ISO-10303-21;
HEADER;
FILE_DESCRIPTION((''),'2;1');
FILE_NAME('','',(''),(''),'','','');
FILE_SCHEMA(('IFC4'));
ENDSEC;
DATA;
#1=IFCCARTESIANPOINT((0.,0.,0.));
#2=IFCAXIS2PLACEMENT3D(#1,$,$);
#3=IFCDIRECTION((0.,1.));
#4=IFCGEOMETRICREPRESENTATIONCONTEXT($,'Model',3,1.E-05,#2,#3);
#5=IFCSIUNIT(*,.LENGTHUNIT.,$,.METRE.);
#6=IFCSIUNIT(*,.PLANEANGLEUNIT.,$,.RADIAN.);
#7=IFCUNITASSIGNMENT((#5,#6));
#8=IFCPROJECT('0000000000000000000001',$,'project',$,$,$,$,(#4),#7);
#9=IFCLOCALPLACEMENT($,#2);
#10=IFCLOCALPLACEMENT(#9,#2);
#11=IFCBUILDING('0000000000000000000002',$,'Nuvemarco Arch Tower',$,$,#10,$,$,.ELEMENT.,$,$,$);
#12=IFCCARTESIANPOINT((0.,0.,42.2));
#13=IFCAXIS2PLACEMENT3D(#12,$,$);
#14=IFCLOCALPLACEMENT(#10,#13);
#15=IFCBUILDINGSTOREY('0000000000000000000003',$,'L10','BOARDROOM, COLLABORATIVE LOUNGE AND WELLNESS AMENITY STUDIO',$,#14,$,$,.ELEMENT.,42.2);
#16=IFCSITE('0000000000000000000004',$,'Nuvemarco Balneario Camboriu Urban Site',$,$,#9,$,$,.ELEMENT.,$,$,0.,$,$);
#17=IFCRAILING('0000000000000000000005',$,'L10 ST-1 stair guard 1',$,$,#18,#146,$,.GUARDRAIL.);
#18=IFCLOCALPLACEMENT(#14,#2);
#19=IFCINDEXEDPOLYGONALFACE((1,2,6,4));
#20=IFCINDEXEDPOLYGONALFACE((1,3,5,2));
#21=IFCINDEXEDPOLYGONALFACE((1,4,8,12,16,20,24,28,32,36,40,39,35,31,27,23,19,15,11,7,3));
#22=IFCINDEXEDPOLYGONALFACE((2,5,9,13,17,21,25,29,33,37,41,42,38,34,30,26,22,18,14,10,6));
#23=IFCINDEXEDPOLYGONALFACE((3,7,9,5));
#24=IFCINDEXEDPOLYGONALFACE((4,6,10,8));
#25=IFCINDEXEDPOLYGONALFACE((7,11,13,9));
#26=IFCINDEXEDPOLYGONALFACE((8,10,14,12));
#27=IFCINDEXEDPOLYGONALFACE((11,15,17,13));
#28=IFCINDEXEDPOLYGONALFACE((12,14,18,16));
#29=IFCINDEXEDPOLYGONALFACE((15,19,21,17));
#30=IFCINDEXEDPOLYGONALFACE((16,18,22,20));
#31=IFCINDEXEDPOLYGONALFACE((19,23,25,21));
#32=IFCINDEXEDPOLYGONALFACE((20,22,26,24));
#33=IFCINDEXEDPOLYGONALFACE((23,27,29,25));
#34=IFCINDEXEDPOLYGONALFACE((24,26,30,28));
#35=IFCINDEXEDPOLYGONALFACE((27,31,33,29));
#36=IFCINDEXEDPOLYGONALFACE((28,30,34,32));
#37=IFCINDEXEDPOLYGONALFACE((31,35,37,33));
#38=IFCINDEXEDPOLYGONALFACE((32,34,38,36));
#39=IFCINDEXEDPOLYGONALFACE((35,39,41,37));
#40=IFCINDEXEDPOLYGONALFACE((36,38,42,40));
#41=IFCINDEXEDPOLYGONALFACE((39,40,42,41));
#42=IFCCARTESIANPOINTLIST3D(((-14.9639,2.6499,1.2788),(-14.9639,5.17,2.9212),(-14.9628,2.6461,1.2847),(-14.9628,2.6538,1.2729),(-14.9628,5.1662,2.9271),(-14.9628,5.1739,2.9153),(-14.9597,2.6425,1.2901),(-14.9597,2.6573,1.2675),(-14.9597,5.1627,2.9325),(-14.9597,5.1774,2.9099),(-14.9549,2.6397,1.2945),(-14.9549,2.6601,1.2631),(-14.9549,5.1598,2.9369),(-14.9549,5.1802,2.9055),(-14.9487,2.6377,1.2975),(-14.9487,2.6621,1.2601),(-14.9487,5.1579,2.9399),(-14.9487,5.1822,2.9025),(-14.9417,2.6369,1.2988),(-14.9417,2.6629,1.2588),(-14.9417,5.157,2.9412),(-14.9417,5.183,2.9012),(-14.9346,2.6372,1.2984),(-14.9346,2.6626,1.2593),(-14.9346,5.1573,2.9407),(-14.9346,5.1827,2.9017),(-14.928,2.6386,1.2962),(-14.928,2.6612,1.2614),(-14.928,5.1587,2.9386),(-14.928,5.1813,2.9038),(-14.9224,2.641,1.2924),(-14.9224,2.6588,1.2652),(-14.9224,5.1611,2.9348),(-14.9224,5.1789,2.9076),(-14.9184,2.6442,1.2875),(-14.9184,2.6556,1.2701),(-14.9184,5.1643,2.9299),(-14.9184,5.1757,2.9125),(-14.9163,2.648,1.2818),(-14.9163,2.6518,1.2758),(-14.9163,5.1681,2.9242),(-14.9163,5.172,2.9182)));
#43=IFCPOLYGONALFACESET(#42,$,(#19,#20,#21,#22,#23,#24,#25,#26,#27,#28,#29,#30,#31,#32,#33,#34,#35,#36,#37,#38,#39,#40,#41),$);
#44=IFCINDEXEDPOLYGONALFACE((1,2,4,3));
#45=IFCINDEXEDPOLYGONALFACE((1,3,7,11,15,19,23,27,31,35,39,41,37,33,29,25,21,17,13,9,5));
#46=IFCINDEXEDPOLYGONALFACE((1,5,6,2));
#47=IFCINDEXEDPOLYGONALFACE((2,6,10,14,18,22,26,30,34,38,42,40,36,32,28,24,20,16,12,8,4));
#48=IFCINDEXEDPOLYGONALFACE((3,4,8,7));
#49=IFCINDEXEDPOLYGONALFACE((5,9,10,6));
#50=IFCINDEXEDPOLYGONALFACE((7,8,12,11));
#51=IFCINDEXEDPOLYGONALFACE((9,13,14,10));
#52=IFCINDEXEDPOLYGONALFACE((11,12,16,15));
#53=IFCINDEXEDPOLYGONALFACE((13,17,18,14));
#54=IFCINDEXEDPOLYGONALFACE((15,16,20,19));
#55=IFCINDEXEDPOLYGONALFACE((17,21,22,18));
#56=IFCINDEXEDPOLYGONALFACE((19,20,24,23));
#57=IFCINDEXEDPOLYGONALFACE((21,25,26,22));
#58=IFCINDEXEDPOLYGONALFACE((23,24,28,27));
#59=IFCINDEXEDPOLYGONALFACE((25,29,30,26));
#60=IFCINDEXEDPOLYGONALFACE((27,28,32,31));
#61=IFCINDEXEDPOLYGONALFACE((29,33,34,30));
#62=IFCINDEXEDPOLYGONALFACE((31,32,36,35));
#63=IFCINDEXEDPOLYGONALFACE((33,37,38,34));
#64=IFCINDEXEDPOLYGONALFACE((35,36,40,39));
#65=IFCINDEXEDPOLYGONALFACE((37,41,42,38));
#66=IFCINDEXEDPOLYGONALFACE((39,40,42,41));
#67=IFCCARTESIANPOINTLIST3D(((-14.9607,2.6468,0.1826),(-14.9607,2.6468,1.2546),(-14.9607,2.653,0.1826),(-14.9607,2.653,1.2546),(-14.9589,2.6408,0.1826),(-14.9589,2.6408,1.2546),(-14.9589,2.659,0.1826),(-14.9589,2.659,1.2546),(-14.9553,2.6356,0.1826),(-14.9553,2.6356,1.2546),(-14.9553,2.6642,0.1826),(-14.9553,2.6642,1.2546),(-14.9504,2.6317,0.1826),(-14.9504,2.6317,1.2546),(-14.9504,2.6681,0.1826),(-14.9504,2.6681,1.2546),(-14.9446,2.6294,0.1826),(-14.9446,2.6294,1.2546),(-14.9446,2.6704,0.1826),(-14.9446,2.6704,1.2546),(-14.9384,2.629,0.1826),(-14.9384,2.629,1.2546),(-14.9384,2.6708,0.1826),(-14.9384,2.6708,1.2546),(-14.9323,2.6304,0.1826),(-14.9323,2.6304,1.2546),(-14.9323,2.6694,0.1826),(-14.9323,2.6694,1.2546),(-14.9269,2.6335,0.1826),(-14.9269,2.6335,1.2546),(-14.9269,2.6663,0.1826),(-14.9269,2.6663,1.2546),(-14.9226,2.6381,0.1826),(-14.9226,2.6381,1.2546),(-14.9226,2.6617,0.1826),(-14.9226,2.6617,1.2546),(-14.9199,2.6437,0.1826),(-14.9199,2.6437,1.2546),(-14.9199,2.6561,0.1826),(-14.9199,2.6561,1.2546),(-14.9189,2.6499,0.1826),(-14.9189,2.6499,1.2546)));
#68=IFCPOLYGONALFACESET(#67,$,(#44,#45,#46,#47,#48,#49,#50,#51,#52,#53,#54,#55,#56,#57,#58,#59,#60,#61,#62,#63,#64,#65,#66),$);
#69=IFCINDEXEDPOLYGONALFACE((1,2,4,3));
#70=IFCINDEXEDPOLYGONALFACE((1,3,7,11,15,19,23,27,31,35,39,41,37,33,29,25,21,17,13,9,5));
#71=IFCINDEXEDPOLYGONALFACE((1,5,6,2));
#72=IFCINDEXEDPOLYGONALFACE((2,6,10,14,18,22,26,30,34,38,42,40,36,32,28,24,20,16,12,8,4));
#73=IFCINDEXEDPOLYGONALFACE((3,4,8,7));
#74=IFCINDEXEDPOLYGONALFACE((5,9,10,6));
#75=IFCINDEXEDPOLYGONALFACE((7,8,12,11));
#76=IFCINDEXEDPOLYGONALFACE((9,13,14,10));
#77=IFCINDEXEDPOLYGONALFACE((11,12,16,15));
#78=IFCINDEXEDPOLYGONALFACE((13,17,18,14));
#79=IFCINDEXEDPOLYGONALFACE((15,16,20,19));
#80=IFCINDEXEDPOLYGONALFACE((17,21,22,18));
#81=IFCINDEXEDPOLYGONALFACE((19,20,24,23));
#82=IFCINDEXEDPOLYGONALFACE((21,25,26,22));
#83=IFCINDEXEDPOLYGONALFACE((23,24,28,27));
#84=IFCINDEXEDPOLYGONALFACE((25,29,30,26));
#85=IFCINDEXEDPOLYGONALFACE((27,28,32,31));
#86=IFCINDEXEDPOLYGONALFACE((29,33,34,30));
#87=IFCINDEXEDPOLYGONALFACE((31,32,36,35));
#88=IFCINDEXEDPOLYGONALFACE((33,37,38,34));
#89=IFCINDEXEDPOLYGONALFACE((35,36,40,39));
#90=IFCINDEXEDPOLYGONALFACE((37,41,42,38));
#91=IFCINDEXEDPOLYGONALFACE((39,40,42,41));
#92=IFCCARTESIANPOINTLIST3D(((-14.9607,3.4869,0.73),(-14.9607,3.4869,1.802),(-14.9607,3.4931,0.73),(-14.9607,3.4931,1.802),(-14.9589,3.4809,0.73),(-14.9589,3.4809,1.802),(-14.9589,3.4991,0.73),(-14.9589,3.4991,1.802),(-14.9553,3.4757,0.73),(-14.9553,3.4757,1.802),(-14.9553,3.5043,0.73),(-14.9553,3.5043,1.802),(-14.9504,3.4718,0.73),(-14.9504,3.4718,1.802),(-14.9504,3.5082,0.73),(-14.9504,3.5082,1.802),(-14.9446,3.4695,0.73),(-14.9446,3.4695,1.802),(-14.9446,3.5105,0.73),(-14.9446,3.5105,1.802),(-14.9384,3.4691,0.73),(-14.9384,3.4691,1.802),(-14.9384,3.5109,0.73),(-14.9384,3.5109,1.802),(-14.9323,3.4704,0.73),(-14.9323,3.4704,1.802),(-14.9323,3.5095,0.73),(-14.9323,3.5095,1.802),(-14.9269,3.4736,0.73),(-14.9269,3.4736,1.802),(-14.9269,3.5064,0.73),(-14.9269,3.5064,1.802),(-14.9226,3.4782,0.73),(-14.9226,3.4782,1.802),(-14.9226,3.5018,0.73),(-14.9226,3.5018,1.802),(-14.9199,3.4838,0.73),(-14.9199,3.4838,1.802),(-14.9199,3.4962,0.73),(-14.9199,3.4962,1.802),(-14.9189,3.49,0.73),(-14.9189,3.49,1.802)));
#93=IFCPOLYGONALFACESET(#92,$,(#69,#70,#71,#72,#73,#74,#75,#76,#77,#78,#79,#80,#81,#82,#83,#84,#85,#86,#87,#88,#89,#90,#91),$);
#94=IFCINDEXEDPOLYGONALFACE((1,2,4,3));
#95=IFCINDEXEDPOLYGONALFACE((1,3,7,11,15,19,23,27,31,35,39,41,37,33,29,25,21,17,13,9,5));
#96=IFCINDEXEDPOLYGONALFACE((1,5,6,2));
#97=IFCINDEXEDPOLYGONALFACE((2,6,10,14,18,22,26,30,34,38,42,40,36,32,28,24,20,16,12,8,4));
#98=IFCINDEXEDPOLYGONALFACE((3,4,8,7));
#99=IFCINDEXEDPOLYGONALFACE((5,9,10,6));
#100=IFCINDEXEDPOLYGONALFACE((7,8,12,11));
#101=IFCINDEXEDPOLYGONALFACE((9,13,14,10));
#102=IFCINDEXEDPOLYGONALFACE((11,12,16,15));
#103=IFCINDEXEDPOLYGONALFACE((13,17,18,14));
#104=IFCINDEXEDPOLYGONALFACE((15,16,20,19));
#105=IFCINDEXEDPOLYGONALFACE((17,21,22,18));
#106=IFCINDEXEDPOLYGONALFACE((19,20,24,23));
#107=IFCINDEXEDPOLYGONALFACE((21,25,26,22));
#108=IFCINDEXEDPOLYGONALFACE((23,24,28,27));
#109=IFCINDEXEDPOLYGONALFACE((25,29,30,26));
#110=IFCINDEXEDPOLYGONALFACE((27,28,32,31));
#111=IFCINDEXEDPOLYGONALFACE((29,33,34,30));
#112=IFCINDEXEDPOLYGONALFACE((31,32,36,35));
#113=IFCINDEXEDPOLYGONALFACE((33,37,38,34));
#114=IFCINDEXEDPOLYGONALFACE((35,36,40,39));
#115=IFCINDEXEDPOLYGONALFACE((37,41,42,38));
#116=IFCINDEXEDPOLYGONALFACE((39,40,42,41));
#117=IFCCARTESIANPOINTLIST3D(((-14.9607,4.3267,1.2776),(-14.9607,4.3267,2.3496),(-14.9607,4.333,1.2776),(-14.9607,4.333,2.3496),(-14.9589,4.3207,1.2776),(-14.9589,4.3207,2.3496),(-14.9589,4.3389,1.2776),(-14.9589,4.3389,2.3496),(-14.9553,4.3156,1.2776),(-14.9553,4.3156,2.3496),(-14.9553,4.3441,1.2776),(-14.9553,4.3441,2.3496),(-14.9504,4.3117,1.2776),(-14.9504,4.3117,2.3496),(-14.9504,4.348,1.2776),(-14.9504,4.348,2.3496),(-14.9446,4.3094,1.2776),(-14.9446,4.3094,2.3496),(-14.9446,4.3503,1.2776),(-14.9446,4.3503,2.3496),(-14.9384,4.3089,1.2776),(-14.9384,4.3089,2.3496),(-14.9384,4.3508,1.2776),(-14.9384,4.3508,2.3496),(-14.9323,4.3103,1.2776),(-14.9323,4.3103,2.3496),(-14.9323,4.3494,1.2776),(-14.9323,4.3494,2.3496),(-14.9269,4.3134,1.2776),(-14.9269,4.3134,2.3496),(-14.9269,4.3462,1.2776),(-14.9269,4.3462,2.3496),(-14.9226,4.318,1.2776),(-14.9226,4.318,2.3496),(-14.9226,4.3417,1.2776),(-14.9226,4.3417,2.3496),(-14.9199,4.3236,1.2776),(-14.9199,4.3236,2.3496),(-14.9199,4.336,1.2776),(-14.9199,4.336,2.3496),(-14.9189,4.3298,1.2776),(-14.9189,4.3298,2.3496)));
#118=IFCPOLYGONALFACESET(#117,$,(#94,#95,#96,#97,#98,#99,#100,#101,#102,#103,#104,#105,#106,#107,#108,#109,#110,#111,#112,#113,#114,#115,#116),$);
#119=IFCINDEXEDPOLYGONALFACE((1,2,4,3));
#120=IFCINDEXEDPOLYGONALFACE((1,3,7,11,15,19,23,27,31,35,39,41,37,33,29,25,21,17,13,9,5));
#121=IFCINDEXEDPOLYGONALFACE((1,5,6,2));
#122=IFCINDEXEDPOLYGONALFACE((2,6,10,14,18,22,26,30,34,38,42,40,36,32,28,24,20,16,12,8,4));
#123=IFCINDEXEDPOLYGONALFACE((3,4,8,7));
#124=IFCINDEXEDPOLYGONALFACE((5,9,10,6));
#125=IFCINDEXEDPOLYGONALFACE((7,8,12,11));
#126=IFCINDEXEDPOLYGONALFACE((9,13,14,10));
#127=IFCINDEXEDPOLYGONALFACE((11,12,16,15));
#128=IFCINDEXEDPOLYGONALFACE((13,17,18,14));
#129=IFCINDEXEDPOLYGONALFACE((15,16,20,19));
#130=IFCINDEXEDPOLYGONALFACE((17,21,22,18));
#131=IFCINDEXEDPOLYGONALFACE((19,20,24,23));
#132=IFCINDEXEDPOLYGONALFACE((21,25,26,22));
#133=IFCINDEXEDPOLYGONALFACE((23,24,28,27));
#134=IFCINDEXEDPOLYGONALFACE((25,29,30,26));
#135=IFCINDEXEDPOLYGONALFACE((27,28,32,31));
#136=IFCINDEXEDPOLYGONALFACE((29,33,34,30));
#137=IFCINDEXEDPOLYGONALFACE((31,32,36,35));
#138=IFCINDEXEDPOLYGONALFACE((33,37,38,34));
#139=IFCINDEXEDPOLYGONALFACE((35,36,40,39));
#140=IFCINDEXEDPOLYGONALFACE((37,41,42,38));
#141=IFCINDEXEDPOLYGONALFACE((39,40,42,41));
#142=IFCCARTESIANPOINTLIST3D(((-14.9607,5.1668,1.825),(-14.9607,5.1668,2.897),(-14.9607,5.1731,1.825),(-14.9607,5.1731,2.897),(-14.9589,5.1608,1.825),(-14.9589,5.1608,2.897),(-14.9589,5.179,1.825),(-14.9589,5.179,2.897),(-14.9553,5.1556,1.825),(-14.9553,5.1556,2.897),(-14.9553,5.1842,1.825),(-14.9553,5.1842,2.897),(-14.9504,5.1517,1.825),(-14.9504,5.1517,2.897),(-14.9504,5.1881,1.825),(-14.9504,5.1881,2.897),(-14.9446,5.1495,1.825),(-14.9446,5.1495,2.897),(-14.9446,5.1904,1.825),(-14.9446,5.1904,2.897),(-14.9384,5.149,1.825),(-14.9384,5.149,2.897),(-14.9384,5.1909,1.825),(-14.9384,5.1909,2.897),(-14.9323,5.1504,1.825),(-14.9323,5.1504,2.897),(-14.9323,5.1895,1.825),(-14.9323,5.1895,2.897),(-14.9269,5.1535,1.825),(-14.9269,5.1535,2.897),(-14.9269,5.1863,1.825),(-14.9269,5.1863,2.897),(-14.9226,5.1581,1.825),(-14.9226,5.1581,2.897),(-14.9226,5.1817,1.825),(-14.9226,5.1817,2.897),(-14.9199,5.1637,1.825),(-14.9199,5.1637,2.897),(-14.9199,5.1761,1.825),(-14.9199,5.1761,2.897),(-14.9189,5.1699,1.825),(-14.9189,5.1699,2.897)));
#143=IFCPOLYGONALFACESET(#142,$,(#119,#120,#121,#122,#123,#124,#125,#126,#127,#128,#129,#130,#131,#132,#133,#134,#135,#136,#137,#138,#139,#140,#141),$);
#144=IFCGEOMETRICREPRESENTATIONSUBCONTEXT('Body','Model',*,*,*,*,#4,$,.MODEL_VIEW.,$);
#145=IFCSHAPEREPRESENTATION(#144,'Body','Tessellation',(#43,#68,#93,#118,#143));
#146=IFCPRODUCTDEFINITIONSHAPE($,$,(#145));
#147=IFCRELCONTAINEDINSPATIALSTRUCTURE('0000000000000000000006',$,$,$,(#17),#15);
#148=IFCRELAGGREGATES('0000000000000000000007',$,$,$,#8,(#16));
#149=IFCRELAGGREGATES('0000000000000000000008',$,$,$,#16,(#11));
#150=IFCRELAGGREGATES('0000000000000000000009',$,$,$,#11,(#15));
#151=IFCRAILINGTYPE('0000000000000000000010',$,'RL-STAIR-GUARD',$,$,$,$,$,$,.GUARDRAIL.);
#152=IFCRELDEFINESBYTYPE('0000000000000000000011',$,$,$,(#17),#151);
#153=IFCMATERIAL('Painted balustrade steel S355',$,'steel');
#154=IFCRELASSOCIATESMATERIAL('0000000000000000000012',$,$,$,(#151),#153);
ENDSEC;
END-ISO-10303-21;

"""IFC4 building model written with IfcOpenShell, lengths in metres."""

from ifc_helpers import new_model, si_unit, direction, frame, origin, origin_2d, place, context, subcontext, project, spatial, circle, extrude, material, type_object, element, save


model = new_model("IFC4")

# Units and contexts
model_context = context("Model", 3, precision=1e-05, world=origin(), true_north=direction((0.0, 1.0)))
body_context = subcontext(model_context, "Body", "Model", "MODEL_VIEW")
ifc_project = project(units=[si_unit("LENGTHUNIT", "METRE"), si_unit("PLANEANGLEUNIT", "RADIAN")], contexts=[model_context])

# Site, building, storey
site_placement = place(None, origin())
site = spatial("IfcSite", under=ifc_project, at=site_placement, Name="Nuvemarco Balneario Camboriu Urban Site", CompositionType="ELEMENT", RefElevation=0.0)
building_placement = place(site_placement, origin())
building = spatial("IfcBuilding", under=site, at=building_placement, Name="Nuvemarco Arch Tower", CompositionType="ELEMENT")
storey_placement = place(building_placement, frame((0.0, 0.0, 42.2)))
storey = spatial("IfcBuildingStorey", under=building, at=storey_placement, Name="L10", Description="BOARDROOM, COLLABORATIVE LOUNGE AND WELLNESS AMENITY STUDIO", CompositionType="ELEMENT", Elevation=42.2)

# Railing
ifc_material_1 = material(Name="Painted balustrade steel S355", Category="steel")
railing_type_1 = type_object("IfcRailingType", Name="RL-STAIR-GUARD", PredefinedType="GUARDRAIL", material=ifc_material_1)
railing_1_placement = place(storey_placement, frame((-14.9399, 2.6499, 0.1826)))
element("IfcRailing", 1, at=railing_1_placement, inside=storey, type_object=railing_type_1, Name="L10 ST-1 stair guard 1", PredefinedType="GUARDRAIL", context=body_context, shape_type="SweptSolid", body=[
    extrude(circle(Radius=0.0239, at=origin_2d()), frame((0.0, 0.0, 1.0962), z_axis=(0.0, 0.837787, 0.545998), x_axis=(-1.0, 0.0, 0.0)), (0.0, 0.0, 1.0), 3.0081),
    extrude(circle(Radius=0.021, at=origin_2d()), origin(), (0.0, 0.0, 1.0), 1.072),
    extrude(circle(Radius=0.021, at=origin_2d()), frame((0.0, 0.8401, 0.5474)), (0.0, 0.0, 1.0), 1.072),
    extrude(circle(Radius=0.021, at=origin_2d()), frame((0.0, 1.6799, 1.095)), (0.0, 0.0, 1.0), 1.072),
    extrude(circle(Radius=0.021, at=origin_2d()), frame((0.0, 2.52, 1.6423)), (0.0, 0.0, 1.0), 1.072),
])

save(model, "model.ifc")
